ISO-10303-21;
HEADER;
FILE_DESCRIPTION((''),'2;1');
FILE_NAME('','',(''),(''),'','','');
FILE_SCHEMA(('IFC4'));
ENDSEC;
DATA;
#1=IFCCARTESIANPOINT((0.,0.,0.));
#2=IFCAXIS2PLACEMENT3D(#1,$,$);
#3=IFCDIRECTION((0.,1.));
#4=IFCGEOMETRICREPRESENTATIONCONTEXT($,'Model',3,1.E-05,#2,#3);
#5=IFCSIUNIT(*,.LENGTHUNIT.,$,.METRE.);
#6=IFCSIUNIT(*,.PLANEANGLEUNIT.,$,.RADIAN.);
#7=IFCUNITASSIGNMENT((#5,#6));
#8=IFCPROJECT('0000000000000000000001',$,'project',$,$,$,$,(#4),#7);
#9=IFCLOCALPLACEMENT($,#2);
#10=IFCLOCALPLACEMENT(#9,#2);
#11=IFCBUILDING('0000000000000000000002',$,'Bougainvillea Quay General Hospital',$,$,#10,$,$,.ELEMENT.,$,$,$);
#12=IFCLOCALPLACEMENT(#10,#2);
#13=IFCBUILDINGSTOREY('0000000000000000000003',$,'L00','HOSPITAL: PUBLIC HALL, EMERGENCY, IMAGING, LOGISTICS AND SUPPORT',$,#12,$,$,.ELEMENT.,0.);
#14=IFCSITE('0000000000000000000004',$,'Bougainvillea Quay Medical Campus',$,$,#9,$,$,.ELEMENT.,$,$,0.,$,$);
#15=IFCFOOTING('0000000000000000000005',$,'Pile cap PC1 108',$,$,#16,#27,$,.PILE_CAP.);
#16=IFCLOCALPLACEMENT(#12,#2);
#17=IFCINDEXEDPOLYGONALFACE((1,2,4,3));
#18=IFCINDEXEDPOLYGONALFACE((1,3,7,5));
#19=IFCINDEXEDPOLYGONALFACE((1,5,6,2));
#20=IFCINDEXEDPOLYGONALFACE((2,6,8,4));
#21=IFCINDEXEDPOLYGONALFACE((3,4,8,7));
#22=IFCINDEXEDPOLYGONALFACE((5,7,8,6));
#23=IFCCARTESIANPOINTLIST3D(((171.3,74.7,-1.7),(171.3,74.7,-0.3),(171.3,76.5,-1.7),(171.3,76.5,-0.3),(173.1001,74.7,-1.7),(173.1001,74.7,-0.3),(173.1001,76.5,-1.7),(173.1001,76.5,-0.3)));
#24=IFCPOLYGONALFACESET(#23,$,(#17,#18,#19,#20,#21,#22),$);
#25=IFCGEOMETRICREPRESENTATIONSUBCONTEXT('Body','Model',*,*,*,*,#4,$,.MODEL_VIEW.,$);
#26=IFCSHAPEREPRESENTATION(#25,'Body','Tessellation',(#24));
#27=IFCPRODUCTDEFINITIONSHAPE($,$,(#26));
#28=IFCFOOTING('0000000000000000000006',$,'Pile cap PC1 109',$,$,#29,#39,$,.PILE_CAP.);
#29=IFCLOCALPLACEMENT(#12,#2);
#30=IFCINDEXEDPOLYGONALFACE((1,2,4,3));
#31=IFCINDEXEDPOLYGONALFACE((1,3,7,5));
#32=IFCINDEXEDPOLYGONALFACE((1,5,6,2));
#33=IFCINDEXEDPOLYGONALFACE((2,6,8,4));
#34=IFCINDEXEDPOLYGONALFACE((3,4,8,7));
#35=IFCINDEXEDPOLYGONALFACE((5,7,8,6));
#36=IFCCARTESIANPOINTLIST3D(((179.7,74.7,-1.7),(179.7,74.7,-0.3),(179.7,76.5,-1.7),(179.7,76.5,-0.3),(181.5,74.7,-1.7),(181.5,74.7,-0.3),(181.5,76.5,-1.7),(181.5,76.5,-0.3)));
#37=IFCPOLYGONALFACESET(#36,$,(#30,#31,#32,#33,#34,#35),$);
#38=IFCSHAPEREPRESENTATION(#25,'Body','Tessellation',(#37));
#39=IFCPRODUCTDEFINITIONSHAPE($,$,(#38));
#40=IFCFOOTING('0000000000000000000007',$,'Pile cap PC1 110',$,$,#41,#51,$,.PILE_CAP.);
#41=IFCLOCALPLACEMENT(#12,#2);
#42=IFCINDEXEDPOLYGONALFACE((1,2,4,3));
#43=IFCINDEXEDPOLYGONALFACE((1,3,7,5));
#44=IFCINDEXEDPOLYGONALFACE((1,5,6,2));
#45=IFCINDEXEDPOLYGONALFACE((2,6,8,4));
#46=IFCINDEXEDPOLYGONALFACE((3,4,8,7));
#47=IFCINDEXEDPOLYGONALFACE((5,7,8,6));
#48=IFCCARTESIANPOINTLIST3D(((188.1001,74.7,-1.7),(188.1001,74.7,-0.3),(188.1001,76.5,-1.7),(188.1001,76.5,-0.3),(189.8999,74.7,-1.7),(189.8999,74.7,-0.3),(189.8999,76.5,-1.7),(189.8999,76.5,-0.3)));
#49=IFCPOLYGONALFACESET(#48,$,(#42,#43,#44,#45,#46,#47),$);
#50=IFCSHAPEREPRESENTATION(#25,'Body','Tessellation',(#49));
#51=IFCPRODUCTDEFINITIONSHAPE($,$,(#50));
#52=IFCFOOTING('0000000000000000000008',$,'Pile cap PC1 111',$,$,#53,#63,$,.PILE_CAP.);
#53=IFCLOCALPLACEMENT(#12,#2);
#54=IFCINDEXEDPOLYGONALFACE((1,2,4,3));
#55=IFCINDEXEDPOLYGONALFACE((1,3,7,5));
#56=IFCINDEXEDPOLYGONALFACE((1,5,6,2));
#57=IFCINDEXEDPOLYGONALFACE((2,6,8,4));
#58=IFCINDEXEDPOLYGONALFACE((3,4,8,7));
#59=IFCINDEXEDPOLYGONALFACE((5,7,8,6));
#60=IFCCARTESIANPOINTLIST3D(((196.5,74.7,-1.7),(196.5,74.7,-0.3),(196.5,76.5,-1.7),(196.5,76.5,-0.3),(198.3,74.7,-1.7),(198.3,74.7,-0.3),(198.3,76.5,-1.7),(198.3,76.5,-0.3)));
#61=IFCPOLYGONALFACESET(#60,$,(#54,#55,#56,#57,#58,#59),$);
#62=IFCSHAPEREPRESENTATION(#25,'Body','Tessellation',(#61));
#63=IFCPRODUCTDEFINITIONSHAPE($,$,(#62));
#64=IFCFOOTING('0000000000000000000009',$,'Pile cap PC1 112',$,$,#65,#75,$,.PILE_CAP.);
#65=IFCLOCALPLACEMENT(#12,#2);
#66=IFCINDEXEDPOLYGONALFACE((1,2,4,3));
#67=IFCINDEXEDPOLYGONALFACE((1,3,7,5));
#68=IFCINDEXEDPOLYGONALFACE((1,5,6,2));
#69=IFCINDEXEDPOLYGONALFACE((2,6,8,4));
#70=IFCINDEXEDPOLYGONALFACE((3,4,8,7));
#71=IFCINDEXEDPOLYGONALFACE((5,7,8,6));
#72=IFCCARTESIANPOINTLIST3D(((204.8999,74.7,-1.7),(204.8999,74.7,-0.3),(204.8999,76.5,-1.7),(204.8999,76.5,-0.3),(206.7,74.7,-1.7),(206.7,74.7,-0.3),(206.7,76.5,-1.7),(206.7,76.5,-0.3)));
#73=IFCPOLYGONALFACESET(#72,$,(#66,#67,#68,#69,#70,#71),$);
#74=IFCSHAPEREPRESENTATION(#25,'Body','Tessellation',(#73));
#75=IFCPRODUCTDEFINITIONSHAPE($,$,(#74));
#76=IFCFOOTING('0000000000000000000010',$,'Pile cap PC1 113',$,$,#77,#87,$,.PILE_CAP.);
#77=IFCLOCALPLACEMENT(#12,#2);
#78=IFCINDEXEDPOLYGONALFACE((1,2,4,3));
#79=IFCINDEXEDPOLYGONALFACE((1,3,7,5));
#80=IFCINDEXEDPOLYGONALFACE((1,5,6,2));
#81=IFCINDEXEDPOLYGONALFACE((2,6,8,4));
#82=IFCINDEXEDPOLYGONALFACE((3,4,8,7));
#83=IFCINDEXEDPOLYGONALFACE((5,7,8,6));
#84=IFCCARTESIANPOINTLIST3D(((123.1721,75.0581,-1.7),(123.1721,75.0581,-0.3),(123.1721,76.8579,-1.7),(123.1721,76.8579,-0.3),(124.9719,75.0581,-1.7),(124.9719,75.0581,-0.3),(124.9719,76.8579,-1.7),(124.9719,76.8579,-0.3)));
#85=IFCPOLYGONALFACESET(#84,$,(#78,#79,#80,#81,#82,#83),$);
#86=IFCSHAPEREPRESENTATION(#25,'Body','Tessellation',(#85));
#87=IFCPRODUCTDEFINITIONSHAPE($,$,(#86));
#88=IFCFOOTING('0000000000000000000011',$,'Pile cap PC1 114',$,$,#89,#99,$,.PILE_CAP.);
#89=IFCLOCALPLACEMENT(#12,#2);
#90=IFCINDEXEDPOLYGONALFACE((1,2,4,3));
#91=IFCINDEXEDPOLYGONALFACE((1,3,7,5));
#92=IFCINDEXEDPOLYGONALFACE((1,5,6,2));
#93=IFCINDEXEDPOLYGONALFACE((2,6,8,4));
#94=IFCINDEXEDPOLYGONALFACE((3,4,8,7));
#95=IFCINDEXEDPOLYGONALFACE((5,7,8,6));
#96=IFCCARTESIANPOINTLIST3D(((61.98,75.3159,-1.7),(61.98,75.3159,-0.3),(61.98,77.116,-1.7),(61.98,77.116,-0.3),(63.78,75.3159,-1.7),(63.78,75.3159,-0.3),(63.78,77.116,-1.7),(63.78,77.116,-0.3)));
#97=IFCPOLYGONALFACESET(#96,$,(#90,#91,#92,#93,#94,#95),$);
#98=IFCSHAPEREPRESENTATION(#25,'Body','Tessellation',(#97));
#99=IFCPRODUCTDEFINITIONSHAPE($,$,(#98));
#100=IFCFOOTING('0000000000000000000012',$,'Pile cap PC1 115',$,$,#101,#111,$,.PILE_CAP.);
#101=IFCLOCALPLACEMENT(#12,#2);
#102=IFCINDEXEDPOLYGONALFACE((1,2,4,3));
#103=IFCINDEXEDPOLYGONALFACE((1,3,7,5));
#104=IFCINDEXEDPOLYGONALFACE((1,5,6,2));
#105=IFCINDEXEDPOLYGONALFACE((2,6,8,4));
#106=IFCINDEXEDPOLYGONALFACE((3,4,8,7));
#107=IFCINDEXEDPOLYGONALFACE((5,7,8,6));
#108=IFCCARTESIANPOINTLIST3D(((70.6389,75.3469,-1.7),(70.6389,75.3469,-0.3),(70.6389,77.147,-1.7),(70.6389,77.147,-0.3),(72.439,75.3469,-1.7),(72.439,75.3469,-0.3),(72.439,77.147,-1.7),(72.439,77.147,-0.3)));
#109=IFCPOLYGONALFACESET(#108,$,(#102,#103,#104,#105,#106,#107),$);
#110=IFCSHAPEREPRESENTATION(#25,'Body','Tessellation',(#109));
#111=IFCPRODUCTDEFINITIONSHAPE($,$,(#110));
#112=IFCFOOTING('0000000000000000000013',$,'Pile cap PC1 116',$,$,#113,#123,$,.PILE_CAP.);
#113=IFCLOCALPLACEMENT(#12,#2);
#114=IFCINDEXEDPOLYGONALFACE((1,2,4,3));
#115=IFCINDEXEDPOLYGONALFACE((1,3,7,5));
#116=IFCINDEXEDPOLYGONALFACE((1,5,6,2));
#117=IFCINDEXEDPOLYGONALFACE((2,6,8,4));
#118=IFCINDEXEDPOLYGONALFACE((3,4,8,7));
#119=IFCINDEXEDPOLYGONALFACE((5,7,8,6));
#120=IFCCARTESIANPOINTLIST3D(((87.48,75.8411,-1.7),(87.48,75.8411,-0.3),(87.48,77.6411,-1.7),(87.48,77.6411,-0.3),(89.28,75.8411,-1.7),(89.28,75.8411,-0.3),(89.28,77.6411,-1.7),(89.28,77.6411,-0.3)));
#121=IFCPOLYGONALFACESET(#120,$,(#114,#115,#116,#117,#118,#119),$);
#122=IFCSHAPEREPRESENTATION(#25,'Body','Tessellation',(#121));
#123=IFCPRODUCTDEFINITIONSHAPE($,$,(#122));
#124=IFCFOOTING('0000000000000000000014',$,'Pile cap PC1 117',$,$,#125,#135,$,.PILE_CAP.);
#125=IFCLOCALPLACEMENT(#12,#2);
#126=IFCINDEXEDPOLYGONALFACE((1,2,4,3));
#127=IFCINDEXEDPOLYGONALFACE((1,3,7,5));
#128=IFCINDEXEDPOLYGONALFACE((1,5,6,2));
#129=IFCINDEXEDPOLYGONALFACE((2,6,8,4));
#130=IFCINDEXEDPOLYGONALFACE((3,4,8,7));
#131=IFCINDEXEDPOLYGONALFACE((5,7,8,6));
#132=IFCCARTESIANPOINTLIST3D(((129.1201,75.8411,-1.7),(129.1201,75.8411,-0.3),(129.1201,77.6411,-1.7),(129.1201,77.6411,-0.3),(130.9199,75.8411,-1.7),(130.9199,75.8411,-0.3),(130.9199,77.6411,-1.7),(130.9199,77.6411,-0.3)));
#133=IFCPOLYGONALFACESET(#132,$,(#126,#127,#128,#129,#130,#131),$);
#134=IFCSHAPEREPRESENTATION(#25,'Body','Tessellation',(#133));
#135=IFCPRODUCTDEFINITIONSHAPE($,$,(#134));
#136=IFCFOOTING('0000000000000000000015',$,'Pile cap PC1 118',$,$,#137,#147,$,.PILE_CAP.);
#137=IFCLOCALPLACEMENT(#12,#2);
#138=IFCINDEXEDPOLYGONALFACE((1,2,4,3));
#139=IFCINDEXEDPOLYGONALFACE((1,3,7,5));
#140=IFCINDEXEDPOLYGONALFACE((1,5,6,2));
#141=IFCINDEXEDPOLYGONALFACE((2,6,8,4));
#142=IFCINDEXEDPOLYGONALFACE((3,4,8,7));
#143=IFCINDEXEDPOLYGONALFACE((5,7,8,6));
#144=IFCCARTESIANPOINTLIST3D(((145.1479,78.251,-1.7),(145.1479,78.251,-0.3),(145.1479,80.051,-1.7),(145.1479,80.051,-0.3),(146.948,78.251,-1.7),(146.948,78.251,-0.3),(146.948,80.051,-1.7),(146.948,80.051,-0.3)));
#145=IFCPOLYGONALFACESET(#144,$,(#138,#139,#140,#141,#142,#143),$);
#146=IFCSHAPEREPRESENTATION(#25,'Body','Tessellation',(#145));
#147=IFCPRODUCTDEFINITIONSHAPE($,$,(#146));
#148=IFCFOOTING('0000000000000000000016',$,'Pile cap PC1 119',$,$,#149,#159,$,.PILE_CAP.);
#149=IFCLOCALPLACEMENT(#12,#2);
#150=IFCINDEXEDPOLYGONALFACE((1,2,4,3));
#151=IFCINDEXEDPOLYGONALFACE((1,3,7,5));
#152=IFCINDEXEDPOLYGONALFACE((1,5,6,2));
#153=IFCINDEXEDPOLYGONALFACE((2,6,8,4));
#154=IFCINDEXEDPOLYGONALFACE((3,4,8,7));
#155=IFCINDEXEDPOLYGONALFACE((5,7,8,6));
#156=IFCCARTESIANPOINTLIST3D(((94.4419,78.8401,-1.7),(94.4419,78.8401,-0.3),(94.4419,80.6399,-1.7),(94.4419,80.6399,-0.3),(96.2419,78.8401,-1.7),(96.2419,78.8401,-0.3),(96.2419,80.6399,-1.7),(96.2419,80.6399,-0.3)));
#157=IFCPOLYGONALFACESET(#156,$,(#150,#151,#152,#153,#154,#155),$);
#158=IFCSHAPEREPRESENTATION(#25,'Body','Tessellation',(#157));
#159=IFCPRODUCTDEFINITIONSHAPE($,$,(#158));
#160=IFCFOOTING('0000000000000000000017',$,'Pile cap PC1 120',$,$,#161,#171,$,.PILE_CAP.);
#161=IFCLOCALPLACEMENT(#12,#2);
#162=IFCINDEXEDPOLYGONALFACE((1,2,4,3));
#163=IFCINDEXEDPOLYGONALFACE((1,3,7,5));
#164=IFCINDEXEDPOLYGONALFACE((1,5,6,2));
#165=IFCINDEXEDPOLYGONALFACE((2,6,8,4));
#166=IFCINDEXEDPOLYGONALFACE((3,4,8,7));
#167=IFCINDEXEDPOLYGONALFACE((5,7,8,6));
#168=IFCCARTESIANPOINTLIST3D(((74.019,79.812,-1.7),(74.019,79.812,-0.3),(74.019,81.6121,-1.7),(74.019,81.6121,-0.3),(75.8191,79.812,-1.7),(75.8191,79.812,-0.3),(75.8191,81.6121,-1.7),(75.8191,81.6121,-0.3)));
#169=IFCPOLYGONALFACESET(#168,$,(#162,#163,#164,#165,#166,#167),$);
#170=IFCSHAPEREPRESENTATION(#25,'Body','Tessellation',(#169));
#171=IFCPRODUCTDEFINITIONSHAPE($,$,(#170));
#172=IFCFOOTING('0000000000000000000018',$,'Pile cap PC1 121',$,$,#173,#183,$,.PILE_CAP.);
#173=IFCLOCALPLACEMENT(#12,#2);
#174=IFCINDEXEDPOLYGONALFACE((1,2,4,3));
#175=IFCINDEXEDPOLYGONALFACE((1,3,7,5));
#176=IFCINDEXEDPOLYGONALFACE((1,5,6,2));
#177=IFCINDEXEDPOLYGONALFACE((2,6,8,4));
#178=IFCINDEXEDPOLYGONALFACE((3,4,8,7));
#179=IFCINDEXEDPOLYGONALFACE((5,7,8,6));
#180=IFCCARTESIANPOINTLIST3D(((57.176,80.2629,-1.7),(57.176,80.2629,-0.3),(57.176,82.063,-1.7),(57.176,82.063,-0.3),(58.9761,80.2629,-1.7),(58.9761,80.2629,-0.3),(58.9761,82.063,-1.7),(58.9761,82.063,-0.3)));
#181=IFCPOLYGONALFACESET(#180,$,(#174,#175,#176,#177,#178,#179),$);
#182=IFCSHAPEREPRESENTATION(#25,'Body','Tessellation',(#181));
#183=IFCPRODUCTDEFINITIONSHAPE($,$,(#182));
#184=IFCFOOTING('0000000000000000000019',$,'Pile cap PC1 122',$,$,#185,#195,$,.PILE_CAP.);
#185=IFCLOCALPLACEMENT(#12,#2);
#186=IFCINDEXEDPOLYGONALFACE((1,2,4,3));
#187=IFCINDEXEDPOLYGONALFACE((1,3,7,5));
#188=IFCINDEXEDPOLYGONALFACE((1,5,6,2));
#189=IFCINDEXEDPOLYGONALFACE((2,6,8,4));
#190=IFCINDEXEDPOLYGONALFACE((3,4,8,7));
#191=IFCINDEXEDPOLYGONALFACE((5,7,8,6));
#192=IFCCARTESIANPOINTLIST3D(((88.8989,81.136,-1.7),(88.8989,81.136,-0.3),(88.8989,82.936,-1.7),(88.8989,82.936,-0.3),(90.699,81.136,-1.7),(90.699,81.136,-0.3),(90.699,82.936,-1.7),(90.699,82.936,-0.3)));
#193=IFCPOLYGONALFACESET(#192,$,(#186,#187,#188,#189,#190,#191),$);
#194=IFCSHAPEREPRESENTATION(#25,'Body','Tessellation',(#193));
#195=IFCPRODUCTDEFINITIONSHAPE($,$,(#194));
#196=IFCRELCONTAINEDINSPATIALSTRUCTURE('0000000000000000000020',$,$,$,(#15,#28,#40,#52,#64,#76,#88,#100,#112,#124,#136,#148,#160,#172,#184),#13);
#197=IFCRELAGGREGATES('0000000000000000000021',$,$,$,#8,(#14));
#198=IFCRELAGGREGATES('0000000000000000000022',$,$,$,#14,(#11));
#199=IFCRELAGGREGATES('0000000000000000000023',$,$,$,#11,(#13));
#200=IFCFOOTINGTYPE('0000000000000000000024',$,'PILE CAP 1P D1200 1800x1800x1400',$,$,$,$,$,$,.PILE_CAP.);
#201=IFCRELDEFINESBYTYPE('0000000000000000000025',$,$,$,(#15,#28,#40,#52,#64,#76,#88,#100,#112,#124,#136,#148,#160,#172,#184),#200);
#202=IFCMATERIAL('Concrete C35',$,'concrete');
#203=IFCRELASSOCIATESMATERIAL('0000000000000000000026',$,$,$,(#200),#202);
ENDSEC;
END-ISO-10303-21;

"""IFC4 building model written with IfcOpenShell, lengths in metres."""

from ifc_helpers import new_model, si_unit, direction, frame, origin, place, context, subcontext, project, spatial, polyline, outline, extrude, material, type_object, element, save


model = new_model("IFC4")

# Units and contexts
model_context = context("Model", 3, precision=1e-05, world=origin(), true_north=direction((0.0, 1.0)))
body_context = subcontext(model_context, "Body", "Model", "MODEL_VIEW")
ifc_project = project(units=[si_unit("LENGTHUNIT", "METRE"), si_unit("PLANEANGLEUNIT", "RADIAN")], contexts=[model_context])

# Site, building, storey
site_placement = place(None, origin())
site = spatial("IfcSite", under=ifc_project, at=site_placement, Name="Bougainvillea Quay Medical Campus", CompositionType="ELEMENT", RefElevation=0.0)
building_placement = place(site_placement, origin())
building = spatial("IfcBuilding", under=site, at=building_placement, Name="Bougainvillea Quay General Hospital", CompositionType="ELEMENT")
storey_placement = place(building_placement, origin())
storey = spatial("IfcBuildingStorey", under=building, at=storey_placement, Name="L00", Description="HOSPITAL: PUBLIC HALL, EMERGENCY, IMAGING, LOGISTICS AND SUPPORT", CompositionType="ELEMENT", Elevation=0.0)

# Footings
ifc_material = material(Name="Concrete C35", Category="concrete")
footing_type = type_object("IfcFootingType", Name="PILE CAP 1P D1200 1800x1800x1400", PredefinedType="PILE_CAP", material=ifc_material)
footing_1_placement = place(storey_placement, frame((0.0, 0.0, -1.7)))
element("IfcFooting", 1, at=footing_1_placement, inside=storey, type_object=footing_type, Name="Pile cap PC1 108", PredefinedType="PILE_CAP", context=body_context, shape_type="SweptSolid", body=[
    extrude(outline(polyline([(171.3, 74.7), (173.1001, 74.7), (173.1001, 76.5), (171.3, 76.5), (171.3, 74.7)])), origin(), (0.0, 0.0, 1.0), 1.3999),
])
footing_2_placement = place(storey_placement, frame((0.0, 0.0, -1.7)))
element("IfcFooting", 2, at=footing_2_placement, inside=storey, type_object=footing_type, Name="Pile cap PC1 109", PredefinedType="PILE_CAP", context=body_context, shape_type="SweptSolid", body=[
    extrude(outline(polyline([(179.7, 74.7), (181.5, 74.7), (181.5, 76.5), (179.7, 76.5), (179.7, 74.7)])), origin(), (0.0, 0.0, 1.0), 1.3999),
])
footing_3_placement = place(storey_placement, frame((0.0, 0.0, -1.7)))
element("IfcFooting", 3, at=footing_3_placement, inside=storey, type_object=footing_type, Name="Pile cap PC1 110", PredefinedType="PILE_CAP", context=body_context, shape_type="SweptSolid", body=[
    extrude(outline(polyline([(188.1001, 74.7), (189.8999, 74.7), (189.8999, 76.5), (188.1001, 76.5), (188.1001, 74.7)])), origin(), (0.0, 0.0, 1.0), 1.3999),
])
footing_4_placement = place(storey_placement, frame((0.0, 0.0, -1.7)))
element("IfcFooting", 4, at=footing_4_placement, inside=storey, type_object=footing_type, Name="Pile cap PC1 111", PredefinedType="PILE_CAP", context=body_context, shape_type="SweptSolid", body=[
    extrude(outline(polyline([(196.5, 74.7), (198.3, 74.7), (198.3, 76.5), (196.5, 76.5), (196.5, 74.7)])), origin(), (0.0, 0.0, 1.0), 1.3999),
])
footing_5_placement = place(storey_placement, frame((0.0, 0.0, -1.7)))
element("IfcFooting", 5, at=footing_5_placement, inside=storey, type_object=footing_type, Name="Pile cap PC1 112", PredefinedType="PILE_CAP", context=body_context, shape_type="SweptSolid", body=[
    extrude(outline(polyline([(204.8999, 74.7), (206.7, 74.7), (206.7, 76.5), (204.8999, 76.5), (204.8999, 74.7)])), origin(), (0.0, 0.0, 1.0), 1.3999),
])
footing_6_placement = place(storey_placement, frame((0.0, 0.0, -1.7)))
element("IfcFooting", 6, at=footing_6_placement, inside=storey, type_object=footing_type, Name="Pile cap PC1 113", PredefinedType="PILE_CAP", context=body_context, shape_type="SweptSolid", body=[
    extrude(outline(polyline([(123.1721, 75.0581), (124.9719, 75.0581), (124.9719, 76.8579), (123.1721, 76.8579), (123.1721, 75.0581)])), origin(), (0.0, 0.0, 1.0), 1.3999),
])
footing_7_placement = place(storey_placement, frame((0.0, 0.0, -1.7)))
element("IfcFooting", 7, at=footing_7_placement, inside=storey, type_object=footing_type, Name="Pile cap PC1 114", PredefinedType="PILE_CAP", context=body_context, shape_type="SweptSolid", body=[
    extrude(outline(polyline([(61.98, 75.3159), (63.78, 75.3159), (63.78, 77.116), (61.98, 77.116), (61.98, 75.3159)])), origin(), (0.0, 0.0, 1.0), 1.3999),
])
footing_8_placement = place(storey_placement, frame((0.0, 0.0, -1.7)))
element("IfcFooting", 8, at=footing_8_placement, inside=storey, type_object=footing_type, Name="Pile cap PC1 115", PredefinedType="PILE_CAP", context=body_context, shape_type="SweptSolid", body=[
    extrude(outline(polyline([(70.6389, 75.3469), (72.439, 75.3469), (72.439, 77.147), (70.6389, 77.147), (70.6389, 75.3469)])), origin(), (0.0, 0.0, 1.0), 1.3999),
])
footing_9_placement = place(storey_placement, frame((0.0, 0.0, -1.7)))
element("IfcFooting", 9, at=footing_9_placement, inside=storey, type_object=footing_type, Name="Pile cap PC1 116", PredefinedType="PILE_CAP", context=body_context, shape_type="SweptSolid", body=[
    extrude(outline(polyline([(87.48, 75.8411), (89.28, 75.8411), (89.28, 77.6411), (87.48, 77.6411), (87.48, 75.8411)])), origin(), (0.0, 0.0, 1.0), 1.3999),
])
footing_10_placement = place(storey_placement, frame((0.0, 0.0, -1.7)))
element("IfcFooting", 10, at=footing_10_placement, inside=storey, type_object=footing_type, Name="Pile cap PC1 117", PredefinedType="PILE_CAP", context=body_context, shape_type="SweptSolid", body=[
    extrude(outline(polyline([(129.1201, 75.8411), (130.9199, 75.8411), (130.9199, 77.6411), (129.1201, 77.6411), (129.1201, 75.8411)])), origin(), (0.0, 0.0, 1.0), 1.3999),
])
footing_11_placement = place(storey_placement, frame((0.0, 0.0, -1.7)))
element("IfcFooting", 11, at=footing_11_placement, inside=storey, type_object=footing_type, Name="Pile cap PC1 118", PredefinedType="PILE_CAP", context=body_context, shape_type="SweptSolid", body=[
    extrude(outline(polyline([(145.1479, 78.251), (146.948, 78.251), (146.948, 80.051), (145.1479, 80.051), (145.1479, 78.251)])), origin(), (0.0, 0.0, 1.0), 1.3999),
])
footing_12_placement = place(storey_placement, frame((0.0, 0.0, -1.7)))
element("IfcFooting", 12, at=footing_12_placement, inside=storey, type_object=footing_type, Name="Pile cap PC1 119", PredefinedType="PILE_CAP", context=body_context, shape_type="SweptSolid", body=[
    extrude(outline(polyline([(94.4419, 78.8401), (96.2419, 78.8401), (96.2419, 80.6399), (94.4419, 80.6399), (94.4419, 78.8401)])), origin(), (0.0, 0.0, 1.0), 1.3999),
])
footing_13_placement = place(storey_placement, frame((0.0, 0.0, -1.7)))
element("IfcFooting", 13, at=footing_13_placement, inside=storey, type_object=footing_type, Name="Pile cap PC1 120", PredefinedType="PILE_CAP", context=body_context, shape_type="SweptSolid", body=[
    extrude(outline(polyline([(74.019, 79.812), (75.8191, 79.812), (75.8191, 81.6121), (74.019, 81.6121), (74.019, 79.812)])), origin(), (0.0, 0.0, 1.0), 1.3999),
])
footing_14_placement = place(storey_placement, frame((0.0, 0.0, -1.7)))
element("IfcFooting", 14, at=footing_14_placement, inside=storey, type_object=footing_type, Name="Pile cap PC1 121", PredefinedType="PILE_CAP", context=body_context, shape_type="SweptSolid", body=[
    extrude(outline(polyline([(57.176, 80.2629), (58.9761, 80.2629), (58.9761, 82.063), (57.176, 82.063), (57.176, 80.2629)])), origin(), (0.0, 0.0, 1.0), 1.3999),
])
footing_15_placement = place(storey_placement, frame((0.0, 0.0, -1.7)))
element("IfcFooting", 15, at=footing_15_placement, inside=storey, type_object=footing_type, Name="Pile cap PC1 122", PredefinedType="PILE_CAP", context=body_context, shape_type="SweptSolid", body=[
    extrude(outline(polyline([(88.8989, 81.136), (90.699, 81.136), (90.699, 82.936), (88.8989, 82.936), (88.8989, 81.136)])), origin(), (0.0, 0.0, 1.0), 1.3999),
])

save(model, "model.ifc")
